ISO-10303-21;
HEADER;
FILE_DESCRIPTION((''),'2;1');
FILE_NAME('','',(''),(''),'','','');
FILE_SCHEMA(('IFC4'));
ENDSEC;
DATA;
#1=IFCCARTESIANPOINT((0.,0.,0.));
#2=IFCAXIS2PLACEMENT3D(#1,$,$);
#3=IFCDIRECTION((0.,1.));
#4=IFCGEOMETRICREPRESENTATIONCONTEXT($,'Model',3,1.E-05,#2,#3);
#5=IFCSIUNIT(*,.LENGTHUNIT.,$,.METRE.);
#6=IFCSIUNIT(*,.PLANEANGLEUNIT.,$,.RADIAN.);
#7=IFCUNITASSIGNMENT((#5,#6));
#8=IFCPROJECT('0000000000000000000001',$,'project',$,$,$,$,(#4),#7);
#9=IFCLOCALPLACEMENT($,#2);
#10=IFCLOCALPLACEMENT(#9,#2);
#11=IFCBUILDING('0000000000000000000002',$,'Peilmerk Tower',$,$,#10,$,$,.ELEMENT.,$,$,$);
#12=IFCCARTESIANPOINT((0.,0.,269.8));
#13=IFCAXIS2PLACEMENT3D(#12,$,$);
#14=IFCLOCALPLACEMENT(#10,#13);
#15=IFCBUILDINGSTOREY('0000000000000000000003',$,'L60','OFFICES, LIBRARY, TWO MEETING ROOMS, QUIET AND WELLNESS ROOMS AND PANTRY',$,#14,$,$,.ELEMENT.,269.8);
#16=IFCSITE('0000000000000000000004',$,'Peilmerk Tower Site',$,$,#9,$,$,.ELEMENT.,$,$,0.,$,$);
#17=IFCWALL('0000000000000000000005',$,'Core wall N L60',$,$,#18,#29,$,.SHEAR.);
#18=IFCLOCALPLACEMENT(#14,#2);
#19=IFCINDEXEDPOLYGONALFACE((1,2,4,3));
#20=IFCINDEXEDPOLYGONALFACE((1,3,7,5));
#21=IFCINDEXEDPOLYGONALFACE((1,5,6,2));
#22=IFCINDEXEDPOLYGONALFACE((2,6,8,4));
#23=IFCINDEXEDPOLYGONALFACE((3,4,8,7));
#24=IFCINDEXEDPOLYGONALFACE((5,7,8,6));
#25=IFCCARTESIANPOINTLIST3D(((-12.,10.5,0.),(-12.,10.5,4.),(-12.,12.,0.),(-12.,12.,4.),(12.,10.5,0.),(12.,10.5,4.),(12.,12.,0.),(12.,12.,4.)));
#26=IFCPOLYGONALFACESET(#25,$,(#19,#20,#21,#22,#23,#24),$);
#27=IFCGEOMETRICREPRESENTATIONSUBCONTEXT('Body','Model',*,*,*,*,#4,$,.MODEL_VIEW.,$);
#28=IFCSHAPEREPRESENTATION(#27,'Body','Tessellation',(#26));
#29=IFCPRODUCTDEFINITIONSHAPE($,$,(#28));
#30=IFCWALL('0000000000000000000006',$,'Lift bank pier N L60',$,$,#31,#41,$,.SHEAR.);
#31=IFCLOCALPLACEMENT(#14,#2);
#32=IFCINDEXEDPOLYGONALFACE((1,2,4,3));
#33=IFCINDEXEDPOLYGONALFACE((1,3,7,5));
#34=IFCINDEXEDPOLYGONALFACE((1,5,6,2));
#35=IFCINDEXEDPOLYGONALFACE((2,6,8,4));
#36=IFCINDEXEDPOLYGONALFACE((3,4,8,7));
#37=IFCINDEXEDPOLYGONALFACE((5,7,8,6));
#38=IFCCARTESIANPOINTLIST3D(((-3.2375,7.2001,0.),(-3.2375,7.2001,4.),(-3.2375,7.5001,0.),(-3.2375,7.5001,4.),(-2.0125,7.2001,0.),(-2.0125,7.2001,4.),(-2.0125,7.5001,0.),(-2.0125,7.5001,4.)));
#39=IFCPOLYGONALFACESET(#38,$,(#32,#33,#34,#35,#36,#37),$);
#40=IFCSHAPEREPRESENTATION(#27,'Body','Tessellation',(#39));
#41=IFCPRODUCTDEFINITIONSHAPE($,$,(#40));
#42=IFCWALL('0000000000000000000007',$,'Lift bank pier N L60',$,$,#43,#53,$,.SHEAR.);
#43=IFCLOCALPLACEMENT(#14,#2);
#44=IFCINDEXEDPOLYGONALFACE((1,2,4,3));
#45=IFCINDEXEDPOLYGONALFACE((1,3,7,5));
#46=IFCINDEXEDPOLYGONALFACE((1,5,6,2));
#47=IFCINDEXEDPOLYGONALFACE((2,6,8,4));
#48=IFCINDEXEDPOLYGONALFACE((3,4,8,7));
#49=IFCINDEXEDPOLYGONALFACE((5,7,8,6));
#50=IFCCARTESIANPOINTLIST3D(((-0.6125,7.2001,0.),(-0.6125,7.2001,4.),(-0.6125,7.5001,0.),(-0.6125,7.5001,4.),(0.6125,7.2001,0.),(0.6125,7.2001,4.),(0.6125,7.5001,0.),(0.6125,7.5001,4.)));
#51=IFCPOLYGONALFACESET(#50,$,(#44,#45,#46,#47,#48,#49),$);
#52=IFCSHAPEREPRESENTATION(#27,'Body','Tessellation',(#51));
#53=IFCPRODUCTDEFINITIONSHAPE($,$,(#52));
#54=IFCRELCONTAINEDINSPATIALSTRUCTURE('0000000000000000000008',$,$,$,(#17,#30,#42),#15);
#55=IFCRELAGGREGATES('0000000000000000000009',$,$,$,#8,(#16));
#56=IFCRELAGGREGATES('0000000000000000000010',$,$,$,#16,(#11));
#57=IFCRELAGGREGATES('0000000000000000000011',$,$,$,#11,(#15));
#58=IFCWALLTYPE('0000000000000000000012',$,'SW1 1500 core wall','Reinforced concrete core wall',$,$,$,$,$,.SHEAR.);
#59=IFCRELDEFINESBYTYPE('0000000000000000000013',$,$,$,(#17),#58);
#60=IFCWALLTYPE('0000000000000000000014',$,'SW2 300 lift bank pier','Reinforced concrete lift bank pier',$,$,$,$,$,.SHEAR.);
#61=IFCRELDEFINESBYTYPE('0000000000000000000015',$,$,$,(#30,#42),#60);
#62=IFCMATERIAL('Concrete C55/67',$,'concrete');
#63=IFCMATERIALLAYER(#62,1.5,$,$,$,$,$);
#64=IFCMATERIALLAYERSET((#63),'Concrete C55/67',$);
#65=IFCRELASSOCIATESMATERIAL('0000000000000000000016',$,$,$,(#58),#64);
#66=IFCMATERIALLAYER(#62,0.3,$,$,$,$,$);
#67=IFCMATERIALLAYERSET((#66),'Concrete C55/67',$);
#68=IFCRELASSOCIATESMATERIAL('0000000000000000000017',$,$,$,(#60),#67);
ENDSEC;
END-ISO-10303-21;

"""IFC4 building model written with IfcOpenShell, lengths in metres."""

from ifc_helpers import new_model, si_unit, direction, frame, frame_2d, origin, place, context, subcontext, project, spatial, rectangle, extrude, material, layer, layer_set, type_object, element, save


model = new_model("IFC4")

# Units and contexts
model_context = context("Model", 3, precision=1e-05, world=origin(), true_north=direction((0.0, 1.0)))
body_context = subcontext(model_context, "Body", "Model", "MODEL_VIEW")
ifc_project = project(units=[si_unit("LENGTHUNIT", "METRE"), si_unit("PLANEANGLEUNIT", "RADIAN")], contexts=[model_context])

# Site, building, storey
site_placement = place(None, origin())
site = spatial("IfcSite", under=ifc_project, at=site_placement, Name="Peilmerk Tower Site", CompositionType="ELEMENT", RefElevation=0.0)
building_placement = place(site_placement, origin())
building = spatial("IfcBuilding", under=site, at=building_placement, Name="Peilmerk Tower", CompositionType="ELEMENT")
storey_placement = place(building_placement, frame((0.0, 0.0, 269.8)))
storey = spatial("IfcBuildingStorey", under=building, at=storey_placement, Name="L60", Description="OFFICES, LIBRARY, TWO MEETING ROOMS, QUIET AND WELLNESS ROOMS AND PANTRY", CompositionType="ELEMENT", Elevation=269.8)

# Walls
ifc_material_1 = material(Name="Concrete C55/67", Category="concrete")
ifc_layer_1 = layer(ifc_material_1, 1.5)
ifc_layer_set_1 = layer_set([ifc_layer_1], Name="Concrete C55/67")
wall_type_1 = type_object("IfcWallType", Name="SW1 1500 core wall", Description="Reinforced concrete core wall", PredefinedType="SHEAR", material=ifc_layer_set_1)
wall_1_placement = place(storey_placement, frame((-12.0, 11.25, 0.0), z_axis=(0.0, 0.0, 1.0), x_axis=(1.0, 0.0, 0.0)))
element("IfcWall", 1, at=wall_1_placement, inside=storey, type_object=wall_type_1, Name="Core wall N L60", PredefinedType="SHEAR", context=body_context, shape_type="SweptSolid", body=[
    extrude(rectangle(XDim=24.0, YDim=1.5, at=frame_2d((12.0, 0.0))), origin(), (0.0, 0.0, 1.0), 4.0),
])
ifc_layer_2 = layer(ifc_material_1, 0.3)
ifc_layer_set_2 = layer_set([ifc_layer_2], Name="Concrete C55/67")
wall_type_2 = type_object("IfcWallType", Name="SW2 300 lift bank pier", Description="Reinforced concrete lift bank pier", PredefinedType="SHEAR", material=ifc_layer_set_2)
for number, where, z_axis, x_axis, name in (
    (2, (-3.2375, 7.3501, 0.0), (0.0, 0.0, 1.0), (1.0, 0.0, 0.0), "Lift bank pier N L60"),
    (3, (-0.6125, 7.3501, 0.0), (0.0, 0.0, 1.0), (1.0, 0.0, 0.0), "Lift bank pier N L60"),
):
    element("IfcWall", number, at=place(storey_placement, frame(where, z_axis=z_axis, x_axis=x_axis)), inside=storey, type_object=wall_type_2, Name=name, PredefinedType="SHEAR", context=body_context, shape_type="SweptSolid", body=[
        extrude(rectangle(XDim=1.2251, YDim=0.3, at=frame_2d((0.6125, 0.0))), origin(), (0.0, 0.0, 1.0), 4.0),
    ])

save(model, "model.ifc")
